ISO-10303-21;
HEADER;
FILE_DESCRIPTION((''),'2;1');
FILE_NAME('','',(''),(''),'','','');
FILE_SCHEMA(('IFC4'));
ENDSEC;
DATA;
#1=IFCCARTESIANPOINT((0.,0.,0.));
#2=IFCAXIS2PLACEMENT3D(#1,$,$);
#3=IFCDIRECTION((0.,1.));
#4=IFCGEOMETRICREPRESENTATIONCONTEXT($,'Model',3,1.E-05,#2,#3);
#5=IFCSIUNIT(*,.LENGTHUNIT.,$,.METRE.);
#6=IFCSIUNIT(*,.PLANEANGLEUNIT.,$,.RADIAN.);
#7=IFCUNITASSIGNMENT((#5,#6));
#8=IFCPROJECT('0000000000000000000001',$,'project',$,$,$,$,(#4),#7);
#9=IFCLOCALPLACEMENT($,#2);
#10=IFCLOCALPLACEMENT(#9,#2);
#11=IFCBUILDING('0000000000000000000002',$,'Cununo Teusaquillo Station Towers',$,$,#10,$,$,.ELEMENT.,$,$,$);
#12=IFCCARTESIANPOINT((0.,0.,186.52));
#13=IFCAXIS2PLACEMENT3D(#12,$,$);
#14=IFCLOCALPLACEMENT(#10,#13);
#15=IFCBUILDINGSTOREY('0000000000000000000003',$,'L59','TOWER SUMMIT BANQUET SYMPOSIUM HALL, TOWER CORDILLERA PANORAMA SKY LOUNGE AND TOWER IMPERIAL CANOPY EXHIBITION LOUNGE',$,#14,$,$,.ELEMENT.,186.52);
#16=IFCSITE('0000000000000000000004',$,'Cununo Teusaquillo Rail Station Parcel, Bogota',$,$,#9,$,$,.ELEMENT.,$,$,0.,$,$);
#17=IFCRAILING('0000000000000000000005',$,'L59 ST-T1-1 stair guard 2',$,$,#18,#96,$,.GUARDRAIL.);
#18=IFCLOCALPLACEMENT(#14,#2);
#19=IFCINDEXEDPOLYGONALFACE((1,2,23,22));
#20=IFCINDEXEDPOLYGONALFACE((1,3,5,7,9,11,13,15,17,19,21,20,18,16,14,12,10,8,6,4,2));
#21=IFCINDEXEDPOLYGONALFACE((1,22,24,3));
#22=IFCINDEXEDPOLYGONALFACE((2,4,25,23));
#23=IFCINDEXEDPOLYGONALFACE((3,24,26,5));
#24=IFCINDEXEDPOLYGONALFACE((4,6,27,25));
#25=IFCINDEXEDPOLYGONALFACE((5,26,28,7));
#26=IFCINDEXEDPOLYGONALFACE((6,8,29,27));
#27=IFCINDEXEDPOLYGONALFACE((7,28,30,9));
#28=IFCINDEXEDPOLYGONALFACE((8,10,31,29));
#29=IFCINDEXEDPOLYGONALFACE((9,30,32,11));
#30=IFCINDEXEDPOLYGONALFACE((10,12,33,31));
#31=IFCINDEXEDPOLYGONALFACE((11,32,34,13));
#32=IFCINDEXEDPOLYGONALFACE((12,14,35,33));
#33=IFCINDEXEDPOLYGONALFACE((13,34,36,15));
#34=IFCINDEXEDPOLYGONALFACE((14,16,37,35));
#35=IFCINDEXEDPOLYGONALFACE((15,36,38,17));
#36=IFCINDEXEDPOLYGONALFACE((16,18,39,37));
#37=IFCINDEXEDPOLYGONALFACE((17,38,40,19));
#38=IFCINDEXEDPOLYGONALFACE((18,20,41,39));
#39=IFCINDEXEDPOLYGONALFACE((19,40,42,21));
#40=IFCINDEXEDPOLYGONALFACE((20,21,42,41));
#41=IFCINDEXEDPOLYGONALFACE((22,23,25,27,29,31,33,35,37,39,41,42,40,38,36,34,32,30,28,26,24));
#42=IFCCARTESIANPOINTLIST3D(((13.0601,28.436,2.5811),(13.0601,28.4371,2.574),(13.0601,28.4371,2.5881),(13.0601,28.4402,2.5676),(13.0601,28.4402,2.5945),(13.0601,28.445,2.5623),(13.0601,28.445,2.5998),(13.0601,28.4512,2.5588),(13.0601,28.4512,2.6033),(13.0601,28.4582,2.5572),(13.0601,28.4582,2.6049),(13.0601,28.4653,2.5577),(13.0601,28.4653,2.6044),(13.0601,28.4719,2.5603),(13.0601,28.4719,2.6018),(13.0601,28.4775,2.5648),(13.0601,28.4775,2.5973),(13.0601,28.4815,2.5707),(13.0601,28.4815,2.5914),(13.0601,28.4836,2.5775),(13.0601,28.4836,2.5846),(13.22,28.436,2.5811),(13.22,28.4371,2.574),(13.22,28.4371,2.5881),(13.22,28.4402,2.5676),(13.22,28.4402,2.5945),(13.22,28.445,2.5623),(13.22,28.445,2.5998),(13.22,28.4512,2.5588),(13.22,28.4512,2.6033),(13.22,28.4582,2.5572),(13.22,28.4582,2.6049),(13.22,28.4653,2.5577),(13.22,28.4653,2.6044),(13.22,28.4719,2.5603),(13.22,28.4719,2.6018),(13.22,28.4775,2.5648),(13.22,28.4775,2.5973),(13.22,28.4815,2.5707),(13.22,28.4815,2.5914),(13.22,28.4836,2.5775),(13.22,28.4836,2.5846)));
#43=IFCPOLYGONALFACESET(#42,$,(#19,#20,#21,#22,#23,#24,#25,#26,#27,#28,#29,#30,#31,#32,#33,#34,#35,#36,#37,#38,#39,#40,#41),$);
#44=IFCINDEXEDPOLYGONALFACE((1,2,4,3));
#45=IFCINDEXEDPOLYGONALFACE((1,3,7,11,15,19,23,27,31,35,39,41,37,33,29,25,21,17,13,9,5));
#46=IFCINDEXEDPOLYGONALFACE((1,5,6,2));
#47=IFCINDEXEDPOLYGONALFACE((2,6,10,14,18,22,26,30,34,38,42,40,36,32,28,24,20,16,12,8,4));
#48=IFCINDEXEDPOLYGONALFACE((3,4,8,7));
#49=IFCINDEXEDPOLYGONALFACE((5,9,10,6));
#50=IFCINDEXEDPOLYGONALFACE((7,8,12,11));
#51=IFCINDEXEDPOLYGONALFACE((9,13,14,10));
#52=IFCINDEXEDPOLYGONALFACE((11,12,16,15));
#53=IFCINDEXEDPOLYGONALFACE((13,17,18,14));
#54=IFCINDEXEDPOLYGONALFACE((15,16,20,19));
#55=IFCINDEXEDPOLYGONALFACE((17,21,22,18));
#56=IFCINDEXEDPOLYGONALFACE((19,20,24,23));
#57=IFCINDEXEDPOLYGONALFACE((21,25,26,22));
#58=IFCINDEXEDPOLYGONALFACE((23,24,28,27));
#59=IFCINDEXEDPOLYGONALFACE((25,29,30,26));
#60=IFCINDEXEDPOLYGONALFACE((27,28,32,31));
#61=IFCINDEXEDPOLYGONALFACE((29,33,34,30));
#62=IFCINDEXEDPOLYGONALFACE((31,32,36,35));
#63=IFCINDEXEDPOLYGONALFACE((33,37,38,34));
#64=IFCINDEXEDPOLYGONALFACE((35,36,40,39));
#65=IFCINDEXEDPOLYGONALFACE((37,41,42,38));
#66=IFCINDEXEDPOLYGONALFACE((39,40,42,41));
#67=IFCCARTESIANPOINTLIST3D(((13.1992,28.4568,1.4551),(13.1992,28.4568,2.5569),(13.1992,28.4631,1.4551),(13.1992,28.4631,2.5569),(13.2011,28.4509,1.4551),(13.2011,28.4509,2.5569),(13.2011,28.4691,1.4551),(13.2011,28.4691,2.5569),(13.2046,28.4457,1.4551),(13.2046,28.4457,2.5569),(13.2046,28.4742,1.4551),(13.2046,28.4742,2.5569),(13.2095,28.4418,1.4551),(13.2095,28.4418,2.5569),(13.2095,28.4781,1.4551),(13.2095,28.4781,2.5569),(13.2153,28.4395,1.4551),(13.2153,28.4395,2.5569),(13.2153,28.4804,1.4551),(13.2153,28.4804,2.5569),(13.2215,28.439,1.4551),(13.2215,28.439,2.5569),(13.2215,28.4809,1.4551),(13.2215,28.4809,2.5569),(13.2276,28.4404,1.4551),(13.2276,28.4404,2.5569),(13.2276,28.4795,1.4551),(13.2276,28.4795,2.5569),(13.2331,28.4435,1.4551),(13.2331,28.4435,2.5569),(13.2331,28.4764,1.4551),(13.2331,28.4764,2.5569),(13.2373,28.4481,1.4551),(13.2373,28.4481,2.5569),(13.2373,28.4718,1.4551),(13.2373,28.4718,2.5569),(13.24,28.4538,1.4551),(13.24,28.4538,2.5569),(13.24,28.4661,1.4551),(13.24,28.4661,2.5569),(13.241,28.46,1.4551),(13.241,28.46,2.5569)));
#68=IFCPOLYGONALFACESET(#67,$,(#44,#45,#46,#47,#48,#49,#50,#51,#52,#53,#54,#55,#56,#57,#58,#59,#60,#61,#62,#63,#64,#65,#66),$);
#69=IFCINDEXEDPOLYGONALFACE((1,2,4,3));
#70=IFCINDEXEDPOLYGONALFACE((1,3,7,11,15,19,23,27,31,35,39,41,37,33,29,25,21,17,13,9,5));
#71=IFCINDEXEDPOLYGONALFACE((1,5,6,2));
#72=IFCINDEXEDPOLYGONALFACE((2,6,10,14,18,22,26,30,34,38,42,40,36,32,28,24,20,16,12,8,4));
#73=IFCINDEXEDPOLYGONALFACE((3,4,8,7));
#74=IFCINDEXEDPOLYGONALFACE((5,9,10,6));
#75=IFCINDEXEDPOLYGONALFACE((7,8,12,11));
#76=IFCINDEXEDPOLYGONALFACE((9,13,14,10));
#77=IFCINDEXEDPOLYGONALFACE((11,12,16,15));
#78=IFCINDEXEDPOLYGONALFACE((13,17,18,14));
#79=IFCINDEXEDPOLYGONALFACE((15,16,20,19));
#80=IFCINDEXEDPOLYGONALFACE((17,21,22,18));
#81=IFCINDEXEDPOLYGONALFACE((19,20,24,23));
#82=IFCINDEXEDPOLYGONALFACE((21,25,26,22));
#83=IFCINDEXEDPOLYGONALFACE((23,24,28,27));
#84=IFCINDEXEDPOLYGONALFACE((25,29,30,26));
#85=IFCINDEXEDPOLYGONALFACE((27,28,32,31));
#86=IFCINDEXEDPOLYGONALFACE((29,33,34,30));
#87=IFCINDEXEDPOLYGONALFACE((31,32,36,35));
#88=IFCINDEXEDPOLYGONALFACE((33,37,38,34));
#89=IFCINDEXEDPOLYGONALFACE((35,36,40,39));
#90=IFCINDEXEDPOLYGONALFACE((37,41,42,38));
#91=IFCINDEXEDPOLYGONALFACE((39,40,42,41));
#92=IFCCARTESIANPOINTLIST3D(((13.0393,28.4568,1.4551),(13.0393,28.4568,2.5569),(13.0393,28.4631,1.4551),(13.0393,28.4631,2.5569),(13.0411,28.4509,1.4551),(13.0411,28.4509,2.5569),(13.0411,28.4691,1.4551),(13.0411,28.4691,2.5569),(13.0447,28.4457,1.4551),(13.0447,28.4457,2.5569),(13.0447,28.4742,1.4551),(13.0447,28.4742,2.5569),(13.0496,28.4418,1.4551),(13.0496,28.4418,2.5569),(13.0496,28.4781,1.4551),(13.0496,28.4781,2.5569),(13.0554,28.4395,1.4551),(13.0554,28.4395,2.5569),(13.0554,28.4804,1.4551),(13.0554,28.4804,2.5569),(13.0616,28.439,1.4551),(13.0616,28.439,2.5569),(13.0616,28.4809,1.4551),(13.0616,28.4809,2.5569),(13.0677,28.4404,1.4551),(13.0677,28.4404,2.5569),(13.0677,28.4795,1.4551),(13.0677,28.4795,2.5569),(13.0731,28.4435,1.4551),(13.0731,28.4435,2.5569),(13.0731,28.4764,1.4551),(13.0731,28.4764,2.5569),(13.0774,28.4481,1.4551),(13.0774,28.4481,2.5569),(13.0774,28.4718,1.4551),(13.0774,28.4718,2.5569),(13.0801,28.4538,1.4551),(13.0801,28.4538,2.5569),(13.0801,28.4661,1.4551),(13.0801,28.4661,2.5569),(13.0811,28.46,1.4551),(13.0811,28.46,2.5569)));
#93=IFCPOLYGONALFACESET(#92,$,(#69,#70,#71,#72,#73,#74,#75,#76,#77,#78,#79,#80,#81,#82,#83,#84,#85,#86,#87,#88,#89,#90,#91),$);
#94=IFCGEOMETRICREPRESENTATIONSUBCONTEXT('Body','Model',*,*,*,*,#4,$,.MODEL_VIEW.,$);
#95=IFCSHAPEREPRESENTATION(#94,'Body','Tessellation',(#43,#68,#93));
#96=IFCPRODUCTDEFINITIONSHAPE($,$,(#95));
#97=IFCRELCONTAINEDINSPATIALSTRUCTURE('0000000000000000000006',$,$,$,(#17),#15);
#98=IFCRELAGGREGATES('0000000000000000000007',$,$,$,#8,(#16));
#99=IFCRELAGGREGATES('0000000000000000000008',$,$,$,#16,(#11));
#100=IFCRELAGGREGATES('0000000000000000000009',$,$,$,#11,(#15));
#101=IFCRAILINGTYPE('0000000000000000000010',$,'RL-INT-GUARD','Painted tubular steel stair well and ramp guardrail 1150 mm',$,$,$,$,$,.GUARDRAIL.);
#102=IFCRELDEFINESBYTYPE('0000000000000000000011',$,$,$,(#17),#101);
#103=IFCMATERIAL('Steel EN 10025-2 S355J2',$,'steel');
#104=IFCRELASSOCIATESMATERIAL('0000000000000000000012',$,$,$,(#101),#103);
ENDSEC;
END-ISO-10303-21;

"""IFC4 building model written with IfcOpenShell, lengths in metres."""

from ifc_helpers import new_model, si_unit, direction, frame, origin, origin_2d, place, context, subcontext, project, spatial, circle, extrude, material, type_object, element, save


model = new_model("IFC4")

# Units and contexts
model_context = context("Model", 3, precision=1e-05, world=origin(), true_north=direction((0.0, 1.0)))
body_context = subcontext(model_context, "Body", "Model", "MODEL_VIEW")
ifc_project = project(units=[si_unit("LENGTHUNIT", "METRE"), si_unit("PLANEANGLEUNIT", "RADIAN")], contexts=[model_context])

# Site, building, storey
site_placement = place(None, origin())
site = spatial("IfcSite", under=ifc_project, at=site_placement, Name="Cununo Teusaquillo Rail Station Parcel, Bogota", CompositionType="ELEMENT", RefElevation=0.0)
building_placement = place(site_placement, origin())
building = spatial("IfcBuilding", under=site, at=building_placement, Name="Cununo Teusaquillo Station Towers", CompositionType="ELEMENT")
storey_placement = place(building_placement, frame((0.0, 0.0, 186.52)))
storey = spatial("IfcBuildingStorey", under=building, at=storey_placement, Name="L59", Description="TOWER SUMMIT BANQUET SYMPOSIUM HALL, TOWER CORDILLERA PANORAMA SKY LOUNGE AND TOWER IMPERIAL CANOPY EXHIBITION LOUNGE", CompositionType="ELEMENT", Elevation=186.52)

# Railing
ifc_material_1 = material(Name="Steel EN 10025-2 S355J2", Category="steel")
railing_type_1 = type_object("IfcRailingType", Name="RL-INT-GUARD", Description="Painted tubular steel stair well and ramp guardrail 1150 mm", PredefinedType="GUARDRAIL", material=ifc_material_1)
railing_1_placement = place(storey_placement, frame((13.22, 28.46, 1.4551)))
element("IfcRailing", 1, at=railing_1_placement, inside=storey, type_object=railing_type_1, Name="L59 ST-T1-1 stair guard 2", PredefinedType="GUARDRAIL", context=body_context, shape_type="SweptSolid", body=[
    extrude(circle(Radius=0.0239, at=origin_2d()), frame((0.0, 0.0, 1.126), z_axis=(-1.0, 0.0, 0.0), x_axis=(0.0, -1.0, 0.0)), (0.0, 0.0, 1.0), 0.1599),
    extrude(circle(Radius=0.021, at=origin_2d()), origin(), (0.0, 0.0, 1.0), 1.1018),
    extrude(circle(Radius=0.021, at=origin_2d()), frame((-0.1599, 0.0, 0.0)), (0.0, 0.0, 1.0), 1.1018),
])

save(model, "model.ifc")
